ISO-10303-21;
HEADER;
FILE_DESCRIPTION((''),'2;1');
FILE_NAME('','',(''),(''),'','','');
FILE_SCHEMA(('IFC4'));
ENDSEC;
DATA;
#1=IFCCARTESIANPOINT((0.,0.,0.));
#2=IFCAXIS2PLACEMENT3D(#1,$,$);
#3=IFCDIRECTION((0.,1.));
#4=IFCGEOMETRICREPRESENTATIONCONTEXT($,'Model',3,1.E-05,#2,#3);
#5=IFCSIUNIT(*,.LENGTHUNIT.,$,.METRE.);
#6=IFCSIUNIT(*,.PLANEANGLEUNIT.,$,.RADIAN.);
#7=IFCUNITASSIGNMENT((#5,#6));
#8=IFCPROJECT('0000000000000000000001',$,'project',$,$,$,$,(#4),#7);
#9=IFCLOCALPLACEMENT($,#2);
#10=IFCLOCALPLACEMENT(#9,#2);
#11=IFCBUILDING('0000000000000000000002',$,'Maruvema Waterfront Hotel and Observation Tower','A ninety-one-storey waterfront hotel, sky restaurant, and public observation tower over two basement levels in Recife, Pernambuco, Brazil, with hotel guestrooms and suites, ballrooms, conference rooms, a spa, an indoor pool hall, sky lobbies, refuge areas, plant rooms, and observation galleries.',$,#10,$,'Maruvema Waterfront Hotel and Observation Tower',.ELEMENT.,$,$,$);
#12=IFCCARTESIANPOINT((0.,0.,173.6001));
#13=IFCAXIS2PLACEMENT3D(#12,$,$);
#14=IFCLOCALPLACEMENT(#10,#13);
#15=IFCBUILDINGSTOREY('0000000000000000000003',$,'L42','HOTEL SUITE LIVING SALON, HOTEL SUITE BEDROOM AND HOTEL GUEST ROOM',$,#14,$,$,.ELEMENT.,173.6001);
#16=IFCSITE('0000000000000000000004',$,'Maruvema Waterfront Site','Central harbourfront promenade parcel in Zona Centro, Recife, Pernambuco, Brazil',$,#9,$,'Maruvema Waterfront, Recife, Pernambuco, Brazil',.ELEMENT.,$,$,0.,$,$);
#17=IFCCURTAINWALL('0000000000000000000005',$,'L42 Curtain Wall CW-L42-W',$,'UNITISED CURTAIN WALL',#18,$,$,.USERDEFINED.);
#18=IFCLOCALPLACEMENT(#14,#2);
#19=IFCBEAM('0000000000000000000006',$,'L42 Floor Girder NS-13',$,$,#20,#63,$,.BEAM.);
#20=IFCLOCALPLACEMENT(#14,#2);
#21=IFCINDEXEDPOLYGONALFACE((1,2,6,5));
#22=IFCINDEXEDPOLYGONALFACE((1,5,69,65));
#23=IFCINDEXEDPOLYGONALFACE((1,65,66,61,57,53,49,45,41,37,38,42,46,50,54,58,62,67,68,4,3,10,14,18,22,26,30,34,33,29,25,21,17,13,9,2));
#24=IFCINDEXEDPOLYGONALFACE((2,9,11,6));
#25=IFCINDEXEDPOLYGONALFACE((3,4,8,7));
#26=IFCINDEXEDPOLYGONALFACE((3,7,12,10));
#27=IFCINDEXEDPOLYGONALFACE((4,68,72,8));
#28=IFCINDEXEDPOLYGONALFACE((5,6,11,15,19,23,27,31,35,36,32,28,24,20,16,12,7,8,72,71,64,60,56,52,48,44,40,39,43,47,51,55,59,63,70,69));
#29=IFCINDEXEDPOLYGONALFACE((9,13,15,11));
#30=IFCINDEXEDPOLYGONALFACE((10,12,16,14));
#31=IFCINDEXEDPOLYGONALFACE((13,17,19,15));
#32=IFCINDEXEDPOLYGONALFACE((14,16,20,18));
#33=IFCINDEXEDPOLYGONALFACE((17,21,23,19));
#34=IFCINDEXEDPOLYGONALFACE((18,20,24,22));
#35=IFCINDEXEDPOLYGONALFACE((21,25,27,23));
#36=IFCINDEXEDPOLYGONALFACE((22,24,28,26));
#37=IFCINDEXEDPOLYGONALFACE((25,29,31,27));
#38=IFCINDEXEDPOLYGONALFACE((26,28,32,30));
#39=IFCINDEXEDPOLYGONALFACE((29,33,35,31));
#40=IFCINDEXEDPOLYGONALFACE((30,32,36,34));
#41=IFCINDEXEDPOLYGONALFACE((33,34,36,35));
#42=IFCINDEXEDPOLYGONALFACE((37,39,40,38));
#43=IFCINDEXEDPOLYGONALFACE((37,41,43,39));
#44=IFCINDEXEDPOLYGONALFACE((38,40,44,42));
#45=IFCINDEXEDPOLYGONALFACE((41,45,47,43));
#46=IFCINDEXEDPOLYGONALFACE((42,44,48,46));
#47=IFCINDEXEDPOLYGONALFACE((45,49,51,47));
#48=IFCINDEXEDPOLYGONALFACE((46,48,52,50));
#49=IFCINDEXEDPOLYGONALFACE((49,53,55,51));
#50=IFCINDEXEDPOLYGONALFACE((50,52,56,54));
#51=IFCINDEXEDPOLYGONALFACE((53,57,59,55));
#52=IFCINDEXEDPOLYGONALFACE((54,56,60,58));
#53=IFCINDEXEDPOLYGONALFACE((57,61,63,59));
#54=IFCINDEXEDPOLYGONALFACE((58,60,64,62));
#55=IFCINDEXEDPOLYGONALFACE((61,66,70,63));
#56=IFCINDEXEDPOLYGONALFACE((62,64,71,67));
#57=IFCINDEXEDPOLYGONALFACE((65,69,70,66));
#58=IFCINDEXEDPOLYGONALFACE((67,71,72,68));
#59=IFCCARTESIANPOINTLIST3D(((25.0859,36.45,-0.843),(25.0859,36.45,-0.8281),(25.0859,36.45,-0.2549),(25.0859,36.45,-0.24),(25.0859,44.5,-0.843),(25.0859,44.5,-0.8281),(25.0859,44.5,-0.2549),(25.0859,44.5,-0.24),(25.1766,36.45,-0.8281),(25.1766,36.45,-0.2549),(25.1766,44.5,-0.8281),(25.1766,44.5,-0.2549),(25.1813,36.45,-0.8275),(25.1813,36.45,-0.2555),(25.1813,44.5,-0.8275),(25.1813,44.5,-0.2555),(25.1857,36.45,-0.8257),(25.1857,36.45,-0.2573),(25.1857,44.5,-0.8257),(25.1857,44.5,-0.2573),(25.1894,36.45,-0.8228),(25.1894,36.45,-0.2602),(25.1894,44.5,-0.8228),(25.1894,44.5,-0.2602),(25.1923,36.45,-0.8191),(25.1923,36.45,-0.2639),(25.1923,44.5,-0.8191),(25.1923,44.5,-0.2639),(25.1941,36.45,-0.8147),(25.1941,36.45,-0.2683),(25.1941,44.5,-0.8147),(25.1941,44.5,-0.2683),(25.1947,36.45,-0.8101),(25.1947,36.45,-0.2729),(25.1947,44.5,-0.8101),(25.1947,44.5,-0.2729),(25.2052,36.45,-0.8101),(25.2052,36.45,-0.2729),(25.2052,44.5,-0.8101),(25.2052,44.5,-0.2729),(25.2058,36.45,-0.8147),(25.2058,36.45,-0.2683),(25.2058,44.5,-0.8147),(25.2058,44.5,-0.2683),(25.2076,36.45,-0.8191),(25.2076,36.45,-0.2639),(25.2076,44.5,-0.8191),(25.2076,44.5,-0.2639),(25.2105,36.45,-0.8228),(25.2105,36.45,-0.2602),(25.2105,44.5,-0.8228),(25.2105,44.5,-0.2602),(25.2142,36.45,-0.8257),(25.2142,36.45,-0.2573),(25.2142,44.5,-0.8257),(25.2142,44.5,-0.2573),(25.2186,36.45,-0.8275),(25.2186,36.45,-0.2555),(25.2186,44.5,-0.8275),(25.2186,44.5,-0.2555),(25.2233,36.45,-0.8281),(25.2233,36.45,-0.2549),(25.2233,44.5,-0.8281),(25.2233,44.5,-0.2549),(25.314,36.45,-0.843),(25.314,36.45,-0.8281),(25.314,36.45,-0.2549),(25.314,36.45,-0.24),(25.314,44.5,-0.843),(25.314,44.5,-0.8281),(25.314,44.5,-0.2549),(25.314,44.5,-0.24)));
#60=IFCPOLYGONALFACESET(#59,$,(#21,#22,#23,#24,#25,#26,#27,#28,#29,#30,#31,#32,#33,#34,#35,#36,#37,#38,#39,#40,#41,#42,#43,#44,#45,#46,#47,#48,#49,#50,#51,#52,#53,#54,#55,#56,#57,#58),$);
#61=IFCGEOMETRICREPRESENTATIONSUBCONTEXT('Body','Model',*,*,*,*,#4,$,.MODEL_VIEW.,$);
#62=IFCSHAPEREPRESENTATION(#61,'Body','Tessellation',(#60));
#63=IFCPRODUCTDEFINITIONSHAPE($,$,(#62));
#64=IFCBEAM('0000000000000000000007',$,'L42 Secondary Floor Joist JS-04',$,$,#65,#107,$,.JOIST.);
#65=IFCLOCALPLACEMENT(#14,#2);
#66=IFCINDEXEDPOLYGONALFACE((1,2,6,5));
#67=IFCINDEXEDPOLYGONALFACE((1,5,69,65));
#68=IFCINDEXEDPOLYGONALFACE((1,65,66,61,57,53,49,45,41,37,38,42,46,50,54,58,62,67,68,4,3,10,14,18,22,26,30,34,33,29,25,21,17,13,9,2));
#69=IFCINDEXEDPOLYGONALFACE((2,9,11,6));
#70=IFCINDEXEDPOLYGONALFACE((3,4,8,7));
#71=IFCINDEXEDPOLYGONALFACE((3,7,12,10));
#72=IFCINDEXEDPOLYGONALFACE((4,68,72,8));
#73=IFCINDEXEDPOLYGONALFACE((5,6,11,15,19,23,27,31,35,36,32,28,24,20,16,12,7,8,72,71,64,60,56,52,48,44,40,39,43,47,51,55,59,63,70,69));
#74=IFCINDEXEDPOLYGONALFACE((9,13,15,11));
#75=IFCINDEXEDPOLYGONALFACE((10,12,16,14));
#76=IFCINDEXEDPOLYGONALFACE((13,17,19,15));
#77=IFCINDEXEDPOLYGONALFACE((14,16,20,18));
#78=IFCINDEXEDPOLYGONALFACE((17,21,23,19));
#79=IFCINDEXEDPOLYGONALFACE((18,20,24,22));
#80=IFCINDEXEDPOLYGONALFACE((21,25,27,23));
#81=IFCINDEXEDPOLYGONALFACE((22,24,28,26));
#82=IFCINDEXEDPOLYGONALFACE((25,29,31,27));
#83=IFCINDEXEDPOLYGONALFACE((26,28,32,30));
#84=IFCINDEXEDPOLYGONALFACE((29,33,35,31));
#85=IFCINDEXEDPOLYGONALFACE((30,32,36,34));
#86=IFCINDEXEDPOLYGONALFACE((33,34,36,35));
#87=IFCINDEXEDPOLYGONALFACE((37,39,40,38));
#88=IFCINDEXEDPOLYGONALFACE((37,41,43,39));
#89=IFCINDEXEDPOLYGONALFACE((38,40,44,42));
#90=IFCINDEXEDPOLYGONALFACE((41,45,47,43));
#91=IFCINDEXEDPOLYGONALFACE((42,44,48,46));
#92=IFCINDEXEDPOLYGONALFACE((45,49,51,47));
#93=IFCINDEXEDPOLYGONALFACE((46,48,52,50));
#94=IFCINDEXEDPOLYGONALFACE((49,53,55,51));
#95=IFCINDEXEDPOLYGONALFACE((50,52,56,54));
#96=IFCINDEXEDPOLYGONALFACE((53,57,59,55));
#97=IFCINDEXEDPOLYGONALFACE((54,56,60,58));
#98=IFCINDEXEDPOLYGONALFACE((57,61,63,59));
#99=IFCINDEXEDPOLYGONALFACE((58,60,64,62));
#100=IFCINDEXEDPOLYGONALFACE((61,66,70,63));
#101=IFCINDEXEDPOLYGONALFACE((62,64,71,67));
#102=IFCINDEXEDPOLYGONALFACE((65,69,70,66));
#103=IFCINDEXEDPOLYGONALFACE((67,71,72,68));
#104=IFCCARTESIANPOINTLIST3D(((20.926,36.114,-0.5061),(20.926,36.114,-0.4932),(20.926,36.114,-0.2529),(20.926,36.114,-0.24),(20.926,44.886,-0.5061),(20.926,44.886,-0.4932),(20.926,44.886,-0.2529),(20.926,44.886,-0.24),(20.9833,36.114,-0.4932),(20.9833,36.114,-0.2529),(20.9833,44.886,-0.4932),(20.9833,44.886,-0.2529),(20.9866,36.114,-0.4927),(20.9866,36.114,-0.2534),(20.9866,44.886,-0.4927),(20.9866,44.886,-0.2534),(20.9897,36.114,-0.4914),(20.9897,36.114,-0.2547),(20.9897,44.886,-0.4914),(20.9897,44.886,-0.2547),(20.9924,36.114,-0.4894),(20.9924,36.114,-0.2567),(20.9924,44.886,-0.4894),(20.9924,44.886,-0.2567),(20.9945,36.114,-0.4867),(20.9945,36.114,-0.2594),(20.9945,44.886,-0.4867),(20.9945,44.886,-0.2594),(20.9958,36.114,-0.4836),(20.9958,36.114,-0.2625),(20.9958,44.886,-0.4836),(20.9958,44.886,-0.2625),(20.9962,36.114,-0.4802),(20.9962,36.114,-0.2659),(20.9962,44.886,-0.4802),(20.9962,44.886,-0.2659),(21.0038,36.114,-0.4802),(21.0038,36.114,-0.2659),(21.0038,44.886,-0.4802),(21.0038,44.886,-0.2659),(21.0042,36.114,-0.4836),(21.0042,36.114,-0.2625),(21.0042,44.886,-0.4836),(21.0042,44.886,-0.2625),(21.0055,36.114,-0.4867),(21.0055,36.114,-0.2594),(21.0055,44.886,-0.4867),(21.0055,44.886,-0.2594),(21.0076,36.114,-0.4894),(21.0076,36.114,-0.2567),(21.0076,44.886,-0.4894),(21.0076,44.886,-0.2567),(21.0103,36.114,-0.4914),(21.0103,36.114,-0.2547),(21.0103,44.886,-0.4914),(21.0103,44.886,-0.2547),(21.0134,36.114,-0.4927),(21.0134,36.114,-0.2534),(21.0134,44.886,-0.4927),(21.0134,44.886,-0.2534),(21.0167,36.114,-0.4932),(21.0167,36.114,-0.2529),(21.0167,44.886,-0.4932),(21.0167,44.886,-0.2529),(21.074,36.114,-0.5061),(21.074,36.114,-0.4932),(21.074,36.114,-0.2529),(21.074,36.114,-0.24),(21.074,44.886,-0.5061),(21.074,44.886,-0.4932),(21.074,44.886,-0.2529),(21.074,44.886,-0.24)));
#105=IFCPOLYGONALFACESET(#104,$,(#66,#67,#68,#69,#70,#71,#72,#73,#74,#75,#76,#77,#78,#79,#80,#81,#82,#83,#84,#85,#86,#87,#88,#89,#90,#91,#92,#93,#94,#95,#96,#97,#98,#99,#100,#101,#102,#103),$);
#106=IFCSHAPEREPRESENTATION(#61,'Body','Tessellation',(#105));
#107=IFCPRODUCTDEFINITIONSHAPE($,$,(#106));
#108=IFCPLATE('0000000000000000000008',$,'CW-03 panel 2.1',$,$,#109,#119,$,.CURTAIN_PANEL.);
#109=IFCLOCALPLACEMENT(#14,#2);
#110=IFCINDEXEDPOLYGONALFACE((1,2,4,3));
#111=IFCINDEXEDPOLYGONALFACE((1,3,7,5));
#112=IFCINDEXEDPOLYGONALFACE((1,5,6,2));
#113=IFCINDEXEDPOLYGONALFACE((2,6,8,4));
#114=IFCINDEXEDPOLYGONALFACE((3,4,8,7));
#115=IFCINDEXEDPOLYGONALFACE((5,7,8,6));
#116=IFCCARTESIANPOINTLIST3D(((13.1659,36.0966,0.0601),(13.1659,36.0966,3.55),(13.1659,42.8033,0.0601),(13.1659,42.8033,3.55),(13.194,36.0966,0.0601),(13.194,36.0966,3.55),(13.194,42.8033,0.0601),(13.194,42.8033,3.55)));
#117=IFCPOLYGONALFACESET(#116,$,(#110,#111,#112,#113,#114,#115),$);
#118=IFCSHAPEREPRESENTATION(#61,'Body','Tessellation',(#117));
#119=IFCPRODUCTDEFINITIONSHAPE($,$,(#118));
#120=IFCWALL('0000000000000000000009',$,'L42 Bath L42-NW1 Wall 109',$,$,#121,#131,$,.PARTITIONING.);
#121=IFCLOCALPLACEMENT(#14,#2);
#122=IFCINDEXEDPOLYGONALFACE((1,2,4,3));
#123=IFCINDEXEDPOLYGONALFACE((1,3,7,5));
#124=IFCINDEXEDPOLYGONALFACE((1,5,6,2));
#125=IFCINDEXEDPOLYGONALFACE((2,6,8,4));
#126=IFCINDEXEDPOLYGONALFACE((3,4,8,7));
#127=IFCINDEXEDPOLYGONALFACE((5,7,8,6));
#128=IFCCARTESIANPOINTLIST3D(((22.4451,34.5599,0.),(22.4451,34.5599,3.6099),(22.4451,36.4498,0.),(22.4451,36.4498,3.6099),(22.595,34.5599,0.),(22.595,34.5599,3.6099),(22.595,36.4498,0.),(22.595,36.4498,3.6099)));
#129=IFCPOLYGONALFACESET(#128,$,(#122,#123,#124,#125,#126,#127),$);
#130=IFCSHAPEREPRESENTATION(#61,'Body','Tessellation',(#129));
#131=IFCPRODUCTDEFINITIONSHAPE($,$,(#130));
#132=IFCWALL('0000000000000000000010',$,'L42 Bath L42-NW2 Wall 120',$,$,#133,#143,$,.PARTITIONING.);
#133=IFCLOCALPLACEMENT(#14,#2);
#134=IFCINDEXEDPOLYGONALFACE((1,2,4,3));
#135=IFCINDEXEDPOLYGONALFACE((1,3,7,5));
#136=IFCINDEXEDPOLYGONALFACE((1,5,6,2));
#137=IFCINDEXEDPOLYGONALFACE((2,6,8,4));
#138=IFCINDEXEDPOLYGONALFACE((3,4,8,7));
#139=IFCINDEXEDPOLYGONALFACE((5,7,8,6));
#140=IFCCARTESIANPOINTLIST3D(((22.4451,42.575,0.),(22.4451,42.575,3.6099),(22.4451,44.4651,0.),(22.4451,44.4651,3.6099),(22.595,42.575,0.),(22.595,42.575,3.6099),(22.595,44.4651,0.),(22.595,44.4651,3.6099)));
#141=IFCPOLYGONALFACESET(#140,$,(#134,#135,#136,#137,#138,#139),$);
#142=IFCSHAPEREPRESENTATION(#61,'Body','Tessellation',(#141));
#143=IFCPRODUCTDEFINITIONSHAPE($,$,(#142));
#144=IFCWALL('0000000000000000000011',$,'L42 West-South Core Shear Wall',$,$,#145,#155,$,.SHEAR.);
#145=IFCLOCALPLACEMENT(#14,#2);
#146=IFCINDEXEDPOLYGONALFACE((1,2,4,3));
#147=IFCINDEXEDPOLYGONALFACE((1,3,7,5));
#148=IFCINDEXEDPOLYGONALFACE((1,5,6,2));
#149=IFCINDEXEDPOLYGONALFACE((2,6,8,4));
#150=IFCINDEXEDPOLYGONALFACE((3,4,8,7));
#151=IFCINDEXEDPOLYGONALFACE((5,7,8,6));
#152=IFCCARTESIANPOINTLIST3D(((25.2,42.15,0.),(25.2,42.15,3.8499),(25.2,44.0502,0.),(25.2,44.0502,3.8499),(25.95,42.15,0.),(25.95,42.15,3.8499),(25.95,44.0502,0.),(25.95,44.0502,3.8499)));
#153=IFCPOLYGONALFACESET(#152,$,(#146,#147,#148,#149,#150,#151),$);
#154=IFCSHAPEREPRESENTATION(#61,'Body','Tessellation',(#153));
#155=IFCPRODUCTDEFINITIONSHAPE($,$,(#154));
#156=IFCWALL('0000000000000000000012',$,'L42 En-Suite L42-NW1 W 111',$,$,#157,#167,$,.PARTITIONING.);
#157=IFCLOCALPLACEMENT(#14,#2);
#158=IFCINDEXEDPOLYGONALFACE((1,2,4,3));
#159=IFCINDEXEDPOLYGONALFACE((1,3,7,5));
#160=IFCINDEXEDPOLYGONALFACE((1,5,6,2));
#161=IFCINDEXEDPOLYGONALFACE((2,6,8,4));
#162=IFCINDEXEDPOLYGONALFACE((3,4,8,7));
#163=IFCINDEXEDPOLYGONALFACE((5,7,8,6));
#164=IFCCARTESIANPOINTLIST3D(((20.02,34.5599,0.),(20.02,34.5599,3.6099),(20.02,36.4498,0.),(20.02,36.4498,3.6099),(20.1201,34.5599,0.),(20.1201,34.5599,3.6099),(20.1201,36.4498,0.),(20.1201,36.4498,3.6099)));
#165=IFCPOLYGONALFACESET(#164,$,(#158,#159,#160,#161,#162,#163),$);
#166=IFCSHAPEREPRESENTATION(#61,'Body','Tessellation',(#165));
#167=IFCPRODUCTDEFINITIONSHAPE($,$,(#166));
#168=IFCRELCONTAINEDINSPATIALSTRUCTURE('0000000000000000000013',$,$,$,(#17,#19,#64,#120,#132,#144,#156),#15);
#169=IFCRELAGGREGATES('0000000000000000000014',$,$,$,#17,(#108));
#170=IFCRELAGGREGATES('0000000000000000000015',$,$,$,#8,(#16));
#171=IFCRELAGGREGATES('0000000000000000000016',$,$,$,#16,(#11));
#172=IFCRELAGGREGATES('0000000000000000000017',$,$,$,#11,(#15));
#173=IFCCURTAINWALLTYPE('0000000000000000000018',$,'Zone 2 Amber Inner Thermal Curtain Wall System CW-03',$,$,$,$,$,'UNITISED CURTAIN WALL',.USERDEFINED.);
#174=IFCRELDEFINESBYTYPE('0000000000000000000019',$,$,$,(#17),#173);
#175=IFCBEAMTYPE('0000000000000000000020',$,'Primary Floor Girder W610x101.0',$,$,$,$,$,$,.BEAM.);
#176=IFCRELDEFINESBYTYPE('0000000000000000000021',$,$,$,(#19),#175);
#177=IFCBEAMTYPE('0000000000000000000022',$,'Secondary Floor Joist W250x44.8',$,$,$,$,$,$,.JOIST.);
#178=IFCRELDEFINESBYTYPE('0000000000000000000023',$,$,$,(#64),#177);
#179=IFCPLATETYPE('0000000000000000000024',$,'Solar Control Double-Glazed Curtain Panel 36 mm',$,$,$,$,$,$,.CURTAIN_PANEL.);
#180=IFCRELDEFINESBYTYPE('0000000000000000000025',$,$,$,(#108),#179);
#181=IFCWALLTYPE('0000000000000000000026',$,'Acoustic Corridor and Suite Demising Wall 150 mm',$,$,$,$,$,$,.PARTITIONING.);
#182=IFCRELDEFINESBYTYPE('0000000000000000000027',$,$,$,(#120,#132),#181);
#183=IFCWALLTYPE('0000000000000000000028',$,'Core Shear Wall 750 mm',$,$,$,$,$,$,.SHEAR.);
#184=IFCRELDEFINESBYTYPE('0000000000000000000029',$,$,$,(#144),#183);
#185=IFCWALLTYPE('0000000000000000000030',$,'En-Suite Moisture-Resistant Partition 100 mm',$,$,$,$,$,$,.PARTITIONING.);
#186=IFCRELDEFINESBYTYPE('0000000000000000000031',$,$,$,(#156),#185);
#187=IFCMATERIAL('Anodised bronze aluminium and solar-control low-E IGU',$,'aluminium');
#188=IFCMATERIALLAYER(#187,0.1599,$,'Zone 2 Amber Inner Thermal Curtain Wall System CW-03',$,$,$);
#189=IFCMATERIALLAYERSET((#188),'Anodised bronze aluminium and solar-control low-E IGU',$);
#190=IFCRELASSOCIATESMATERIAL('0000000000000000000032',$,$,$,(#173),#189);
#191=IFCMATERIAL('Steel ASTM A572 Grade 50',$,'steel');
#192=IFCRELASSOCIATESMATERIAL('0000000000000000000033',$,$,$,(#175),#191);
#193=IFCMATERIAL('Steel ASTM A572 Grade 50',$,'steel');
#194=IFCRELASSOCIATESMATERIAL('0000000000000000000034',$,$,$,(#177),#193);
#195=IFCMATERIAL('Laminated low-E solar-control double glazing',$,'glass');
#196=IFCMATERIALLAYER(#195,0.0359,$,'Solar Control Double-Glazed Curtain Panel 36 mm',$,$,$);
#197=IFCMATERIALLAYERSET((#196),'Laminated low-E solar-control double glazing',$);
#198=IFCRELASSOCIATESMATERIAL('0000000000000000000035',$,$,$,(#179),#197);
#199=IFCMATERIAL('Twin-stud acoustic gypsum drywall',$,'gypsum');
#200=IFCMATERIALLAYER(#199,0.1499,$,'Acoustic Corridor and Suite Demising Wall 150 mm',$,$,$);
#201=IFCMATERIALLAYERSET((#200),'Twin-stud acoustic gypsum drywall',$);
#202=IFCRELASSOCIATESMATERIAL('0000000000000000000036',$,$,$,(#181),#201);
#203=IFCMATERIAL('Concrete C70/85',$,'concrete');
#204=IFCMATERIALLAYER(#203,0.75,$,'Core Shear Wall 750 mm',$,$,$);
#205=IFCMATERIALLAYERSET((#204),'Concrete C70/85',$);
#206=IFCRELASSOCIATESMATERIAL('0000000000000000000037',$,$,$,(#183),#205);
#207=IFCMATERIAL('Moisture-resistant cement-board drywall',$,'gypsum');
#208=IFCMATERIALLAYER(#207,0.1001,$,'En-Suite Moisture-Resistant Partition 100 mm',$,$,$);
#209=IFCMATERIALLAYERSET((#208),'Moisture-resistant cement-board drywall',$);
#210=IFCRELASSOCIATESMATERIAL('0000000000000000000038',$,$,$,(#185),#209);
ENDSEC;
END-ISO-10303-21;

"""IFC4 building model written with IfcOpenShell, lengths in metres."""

from ifc_helpers import new_model, si_unit, direction, frame, frame_2d, origin, origin_2d, place, context, subcontext, project, spatial, rectangle, i_section, extrude, material, layer, layer_set, material_profile, profile_set, type_object, element, aggregate, save


model = new_model("IFC4")

# Units and contexts
model_context = context("Model", 3, precision=1e-05, world=origin(), true_north=direction((0.0, 1.0)))
body_context = subcontext(model_context, "Body", "Model", "MODEL_VIEW")
ifc_project = project(units=[si_unit("LENGTHUNIT", "METRE"), si_unit("PLANEANGLEUNIT", "RADIAN")], contexts=[model_context])

# Site, building, storey
site_placement = place(None, origin())
site = spatial("IfcSite", under=ifc_project, at=site_placement, Name="Maruvema Waterfront Site", Description="Central harbourfront promenade parcel in Zona Centro, Recife, Pernambuco, Brazil", LongName="Maruvema Waterfront, Recife, Pernambuco, Brazil", CompositionType="ELEMENT", RefElevation=0.0)
building_placement = place(site_placement, origin())
building = spatial("IfcBuilding", under=site, at=building_placement, Name="Maruvema Waterfront Hotel and Observation Tower", Description="A ninety-one-storey waterfront hotel, sky restaurant, and public observation tower over two basement levels in Recife, Pernambuco, Brazil, with hotel guestrooms and suites, ballrooms, conference rooms, a spa, an indoor pool hall, sky lobbies, refuge areas, plant rooms, and observation galleries.", LongName="Maruvema Waterfront Hotel and Observation Tower", CompositionType="ELEMENT")
storey_placement = place(building_placement, frame((0.0, 0.0, 173.6001)))
storey = spatial("IfcBuildingStorey", under=building, at=storey_placement, Name="L42", Description="HOTEL SUITE LIVING SALON, HOTEL SUITE BEDROOM AND HOTEL GUEST ROOM", CompositionType="ELEMENT", Elevation=173.6001)

# Curtain wall
ifc_material_1 = material(Name="Anodised bronze aluminium and solar-control low-E IGU", Category="aluminium")
ifc_layer_1 = layer(ifc_material_1, 0.1599, Name="Zone 2 Amber Inner Thermal Curtain Wall System CW-03")
ifc_layer_set_1 = layer_set([ifc_layer_1], Name="Anodised bronze aluminium and solar-control low-E IGU")
curtain_wall_type = type_object("IfcCurtainWallType", Name="Zone 2 Amber Inner Thermal Curtain Wall System CW-03", ElementType="UNITISED CURTAIN WALL", PredefinedType="USERDEFINED", material=ifc_layer_set_1)
curtain_wall_placement = place(storey_placement, origin())
curtain_wall = element("IfcCurtainWall", 1, at=curtain_wall_placement, inside=storey, type_object=curtain_wall_type, Name="L42 Curtain Wall CW-L42-W", ObjectType="UNITISED CURTAIN WALL", PredefinedType="USERDEFINED")

# Beams
ifc_material_2 = material(Name="Steel ASTM A572 Grade 50", Category="steel")
ifc_material_profile_1 = material_profile(ifc_material_2, i_section(OverallWidth=0.228, OverallDepth=0.603, WebThickness=0.0105, FlangeThickness=0.0149, FilletRadius=0.0181, at=origin_2d()), Name="W610x101.0")
ifc_profile_set_1 = profile_set([ifc_material_profile_1], Name="Steel ASTM A572 Grade 50")
beam_type_1 = type_object("IfcBeamType", Name="Primary Floor Girder W610x101.0", PredefinedType="BEAM", material=ifc_profile_set_1)
beam_1_placement = place(storey_placement, frame((25.2, 36.45, -0.5415), z_axis=(0.0, 1.0, 0.0), x_axis=(-1.0, 0.0, 0.0)))
element("IfcBeam", 2, at=beam_1_placement, inside=storey, type_object=beam_type_1, Name="L42 Floor Girder NS-13", PredefinedType="BEAM", context=body_context, shape_type="SweptSolid", body=[
    extrude(i_section(OverallWidth=0.228, OverallDepth=0.603, WebThickness=0.0105, FlangeThickness=0.0149, FilletRadius=0.0181, at=origin_2d()), origin(), (0.0, 0.0, 1.0), 8.05),
])
ifc_material_3 = material(Name="Steel ASTM A572 Grade 50", Category="steel")
ifc_material_profile_2 = material_profile(ifc_material_3, i_section(OverallWidth=0.1479, OverallDepth=0.2661, WebThickness=0.0076, FlangeThickness=0.0129, FilletRadius=0.0129, at=origin_2d()), Name="W250x44.8")
ifc_profile_set_2 = profile_set([ifc_material_profile_2], Name="Steel ASTM A572 Grade 50")
beam_type_2 = type_object("IfcBeamType", Name="Secondary Floor Joist W250x44.8", PredefinedType="JOIST", material=ifc_profile_set_2)
beam_2_placement = place(storey_placement, frame((21.0, 36.114, -0.373), z_axis=(0.0, 1.0, 0.0), x_axis=(-1.0, 0.0, 0.0)))
element("IfcBeam", 3, at=beam_2_placement, inside=storey, type_object=beam_type_2, Name="L42 Secondary Floor Joist JS-04", PredefinedType="JOIST", context=body_context, shape_type="SweptSolid", body=[
    extrude(i_section(OverallWidth=0.1479, OverallDepth=0.2661, WebThickness=0.0076, FlangeThickness=0.0129, FilletRadius=0.0129, at=origin_2d()), origin(), (0.0, 0.0, 1.0), 8.772),
])

# Plate
ifc_material_4 = material(Name="Laminated low-E solar-control double glazing", Category="glass")
ifc_layer_2 = layer(ifc_material_4, 0.0359, Name="Solar Control Double-Glazed Curtain Panel 36 mm")
ifc_layer_set_2 = layer_set([ifc_layer_2], Name="Laminated low-E solar-control double glazing")
plate_type = type_object("IfcPlateType", Name="Solar Control Double-Glazed Curtain Panel 36 mm", PredefinedType="CURTAIN_PANEL", material=ifc_layer_set_2)
plate_placement = place(storey_placement, frame((13.1799, 39.45, 0.0601), z_axis=(0.0, 0.0, 1.0), x_axis=(0.0, -1.0, 0.0)))
plate = element("IfcPlate", 4, at=plate_placement, type_object=plate_type, Name="CW-03 panel 2.1", PredefinedType="CURTAIN_PANEL", context=body_context, shape_type="SweptSolid", body=[
    extrude(rectangle(XDim=6.7068, YDim=0.0281, at=origin_2d()), origin(), (0.0, 0.0, 1.0), 3.49),
])
aggregate(curtain_wall, [plate])

# Wall
ifc_material_5 = material(Name="Twin-stud acoustic gypsum drywall", Category="gypsum")
ifc_layer_3 = layer(ifc_material_5, 0.1499, Name="Acoustic Corridor and Suite Demising Wall 150 mm")
ifc_layer_set_3 = layer_set([ifc_layer_3], Name="Twin-stud acoustic gypsum drywall")
wall_type_1 = type_object("IfcWallType", Name="Acoustic Corridor and Suite Demising Wall 150 mm", PredefinedType="PARTITIONING", material=ifc_layer_set_3)
wall_1_placement = place(storey_placement, frame((22.52, 34.5601, 0.0), z_axis=(0.0, 0.0, 1.0), x_axis=(0.0, 1.0, 0.0)))
element("IfcWall", 5, at=wall_1_placement, inside=storey, type_object=wall_type_1, Name="L42 Bath L42-NW1 Wall 109", PredefinedType="PARTITIONING", context=body_context, shape_type="SweptSolid", body=[
    extrude(rectangle(XDim=1.8899, YDim=0.1499, at=frame_2d((0.9448, 0.0))), origin(), (0.0, 0.0, 1.0), 3.6099),
])

# Wall
wall_2_placement = place(storey_placement, frame((22.52, 42.575, 0.0), z_axis=(0.0, 0.0, 1.0), x_axis=(0.0, 1.0, 0.0)))
element("IfcWall", 6, at=wall_2_placement, inside=storey, type_object=wall_type_1, Name="L42 Bath L42-NW2 Wall 120", PredefinedType="PARTITIONING", context=body_context, shape_type="SweptSolid", body=[
    extrude(rectangle(XDim=1.8901, YDim=0.1499, at=frame_2d((0.9451, 0.0))), origin(), (0.0, 0.0, 1.0), 3.6099),
])

# Shared definitions
ifc_material_6 = material(Name="Concrete C70/85", Category="concrete")
ifc_layer_4 = layer(ifc_material_6, 0.75, Name="Core Shear Wall 750 mm")
ifc_layer_set_4 = layer_set([ifc_layer_4], Name="Concrete C70/85")
wall_type_2 = type_object("IfcWallType", Name="Core Shear Wall 750 mm", PredefinedType="SHEAR", material=ifc_layer_set_4)

# Walls
wall_3_placement = place(storey_placement, frame((25.575, 42.1499, 0.0), z_axis=(0.0, 0.0, 1.0), x_axis=(0.0, 1.0, 0.0)))
element("IfcWall", 7, at=wall_3_placement, inside=storey, type_object=wall_type_2, Name="L42 West-South Core Shear Wall", PredefinedType="SHEAR", context=body_context, shape_type="SweptSolid", body=[
    extrude(rectangle(XDim=1.9001, YDim=0.75, at=frame_2d((0.9502, 0.0))), origin(), (0.0, 0.0, 1.0), 3.8499),
])
ifc_material_7 = material(Name="Moisture-resistant cement-board drywall", Category="gypsum")
ifc_layer_5 = layer(ifc_material_7, 0.1001, Name="En-Suite Moisture-Resistant Partition 100 mm")
ifc_layer_set_5 = layer_set([ifc_layer_5], Name="Moisture-resistant cement-board drywall")
wall_type_3 = type_object("IfcWallType", Name="En-Suite Moisture-Resistant Partition 100 mm", PredefinedType="PARTITIONING", material=ifc_layer_set_5)
wall_4_placement = place(storey_placement, frame((20.0701, 34.5601, 0.0), z_axis=(0.0, 0.0, 1.0), x_axis=(0.0, 1.0, 0.0)))
element("IfcWall", 8, at=wall_4_placement, inside=storey, type_object=wall_type_3, Name="L42 En-Suite L42-NW1 W 111", PredefinedType="PARTITIONING", context=body_context, shape_type="SweptSolid", body=[
    extrude(rectangle(XDim=1.8899, YDim=0.1001, at=frame_2d((0.9448, 0.0))), origin(), (0.0, 0.0, 1.0), 3.6099),
])

save(model, "model.ifc")
